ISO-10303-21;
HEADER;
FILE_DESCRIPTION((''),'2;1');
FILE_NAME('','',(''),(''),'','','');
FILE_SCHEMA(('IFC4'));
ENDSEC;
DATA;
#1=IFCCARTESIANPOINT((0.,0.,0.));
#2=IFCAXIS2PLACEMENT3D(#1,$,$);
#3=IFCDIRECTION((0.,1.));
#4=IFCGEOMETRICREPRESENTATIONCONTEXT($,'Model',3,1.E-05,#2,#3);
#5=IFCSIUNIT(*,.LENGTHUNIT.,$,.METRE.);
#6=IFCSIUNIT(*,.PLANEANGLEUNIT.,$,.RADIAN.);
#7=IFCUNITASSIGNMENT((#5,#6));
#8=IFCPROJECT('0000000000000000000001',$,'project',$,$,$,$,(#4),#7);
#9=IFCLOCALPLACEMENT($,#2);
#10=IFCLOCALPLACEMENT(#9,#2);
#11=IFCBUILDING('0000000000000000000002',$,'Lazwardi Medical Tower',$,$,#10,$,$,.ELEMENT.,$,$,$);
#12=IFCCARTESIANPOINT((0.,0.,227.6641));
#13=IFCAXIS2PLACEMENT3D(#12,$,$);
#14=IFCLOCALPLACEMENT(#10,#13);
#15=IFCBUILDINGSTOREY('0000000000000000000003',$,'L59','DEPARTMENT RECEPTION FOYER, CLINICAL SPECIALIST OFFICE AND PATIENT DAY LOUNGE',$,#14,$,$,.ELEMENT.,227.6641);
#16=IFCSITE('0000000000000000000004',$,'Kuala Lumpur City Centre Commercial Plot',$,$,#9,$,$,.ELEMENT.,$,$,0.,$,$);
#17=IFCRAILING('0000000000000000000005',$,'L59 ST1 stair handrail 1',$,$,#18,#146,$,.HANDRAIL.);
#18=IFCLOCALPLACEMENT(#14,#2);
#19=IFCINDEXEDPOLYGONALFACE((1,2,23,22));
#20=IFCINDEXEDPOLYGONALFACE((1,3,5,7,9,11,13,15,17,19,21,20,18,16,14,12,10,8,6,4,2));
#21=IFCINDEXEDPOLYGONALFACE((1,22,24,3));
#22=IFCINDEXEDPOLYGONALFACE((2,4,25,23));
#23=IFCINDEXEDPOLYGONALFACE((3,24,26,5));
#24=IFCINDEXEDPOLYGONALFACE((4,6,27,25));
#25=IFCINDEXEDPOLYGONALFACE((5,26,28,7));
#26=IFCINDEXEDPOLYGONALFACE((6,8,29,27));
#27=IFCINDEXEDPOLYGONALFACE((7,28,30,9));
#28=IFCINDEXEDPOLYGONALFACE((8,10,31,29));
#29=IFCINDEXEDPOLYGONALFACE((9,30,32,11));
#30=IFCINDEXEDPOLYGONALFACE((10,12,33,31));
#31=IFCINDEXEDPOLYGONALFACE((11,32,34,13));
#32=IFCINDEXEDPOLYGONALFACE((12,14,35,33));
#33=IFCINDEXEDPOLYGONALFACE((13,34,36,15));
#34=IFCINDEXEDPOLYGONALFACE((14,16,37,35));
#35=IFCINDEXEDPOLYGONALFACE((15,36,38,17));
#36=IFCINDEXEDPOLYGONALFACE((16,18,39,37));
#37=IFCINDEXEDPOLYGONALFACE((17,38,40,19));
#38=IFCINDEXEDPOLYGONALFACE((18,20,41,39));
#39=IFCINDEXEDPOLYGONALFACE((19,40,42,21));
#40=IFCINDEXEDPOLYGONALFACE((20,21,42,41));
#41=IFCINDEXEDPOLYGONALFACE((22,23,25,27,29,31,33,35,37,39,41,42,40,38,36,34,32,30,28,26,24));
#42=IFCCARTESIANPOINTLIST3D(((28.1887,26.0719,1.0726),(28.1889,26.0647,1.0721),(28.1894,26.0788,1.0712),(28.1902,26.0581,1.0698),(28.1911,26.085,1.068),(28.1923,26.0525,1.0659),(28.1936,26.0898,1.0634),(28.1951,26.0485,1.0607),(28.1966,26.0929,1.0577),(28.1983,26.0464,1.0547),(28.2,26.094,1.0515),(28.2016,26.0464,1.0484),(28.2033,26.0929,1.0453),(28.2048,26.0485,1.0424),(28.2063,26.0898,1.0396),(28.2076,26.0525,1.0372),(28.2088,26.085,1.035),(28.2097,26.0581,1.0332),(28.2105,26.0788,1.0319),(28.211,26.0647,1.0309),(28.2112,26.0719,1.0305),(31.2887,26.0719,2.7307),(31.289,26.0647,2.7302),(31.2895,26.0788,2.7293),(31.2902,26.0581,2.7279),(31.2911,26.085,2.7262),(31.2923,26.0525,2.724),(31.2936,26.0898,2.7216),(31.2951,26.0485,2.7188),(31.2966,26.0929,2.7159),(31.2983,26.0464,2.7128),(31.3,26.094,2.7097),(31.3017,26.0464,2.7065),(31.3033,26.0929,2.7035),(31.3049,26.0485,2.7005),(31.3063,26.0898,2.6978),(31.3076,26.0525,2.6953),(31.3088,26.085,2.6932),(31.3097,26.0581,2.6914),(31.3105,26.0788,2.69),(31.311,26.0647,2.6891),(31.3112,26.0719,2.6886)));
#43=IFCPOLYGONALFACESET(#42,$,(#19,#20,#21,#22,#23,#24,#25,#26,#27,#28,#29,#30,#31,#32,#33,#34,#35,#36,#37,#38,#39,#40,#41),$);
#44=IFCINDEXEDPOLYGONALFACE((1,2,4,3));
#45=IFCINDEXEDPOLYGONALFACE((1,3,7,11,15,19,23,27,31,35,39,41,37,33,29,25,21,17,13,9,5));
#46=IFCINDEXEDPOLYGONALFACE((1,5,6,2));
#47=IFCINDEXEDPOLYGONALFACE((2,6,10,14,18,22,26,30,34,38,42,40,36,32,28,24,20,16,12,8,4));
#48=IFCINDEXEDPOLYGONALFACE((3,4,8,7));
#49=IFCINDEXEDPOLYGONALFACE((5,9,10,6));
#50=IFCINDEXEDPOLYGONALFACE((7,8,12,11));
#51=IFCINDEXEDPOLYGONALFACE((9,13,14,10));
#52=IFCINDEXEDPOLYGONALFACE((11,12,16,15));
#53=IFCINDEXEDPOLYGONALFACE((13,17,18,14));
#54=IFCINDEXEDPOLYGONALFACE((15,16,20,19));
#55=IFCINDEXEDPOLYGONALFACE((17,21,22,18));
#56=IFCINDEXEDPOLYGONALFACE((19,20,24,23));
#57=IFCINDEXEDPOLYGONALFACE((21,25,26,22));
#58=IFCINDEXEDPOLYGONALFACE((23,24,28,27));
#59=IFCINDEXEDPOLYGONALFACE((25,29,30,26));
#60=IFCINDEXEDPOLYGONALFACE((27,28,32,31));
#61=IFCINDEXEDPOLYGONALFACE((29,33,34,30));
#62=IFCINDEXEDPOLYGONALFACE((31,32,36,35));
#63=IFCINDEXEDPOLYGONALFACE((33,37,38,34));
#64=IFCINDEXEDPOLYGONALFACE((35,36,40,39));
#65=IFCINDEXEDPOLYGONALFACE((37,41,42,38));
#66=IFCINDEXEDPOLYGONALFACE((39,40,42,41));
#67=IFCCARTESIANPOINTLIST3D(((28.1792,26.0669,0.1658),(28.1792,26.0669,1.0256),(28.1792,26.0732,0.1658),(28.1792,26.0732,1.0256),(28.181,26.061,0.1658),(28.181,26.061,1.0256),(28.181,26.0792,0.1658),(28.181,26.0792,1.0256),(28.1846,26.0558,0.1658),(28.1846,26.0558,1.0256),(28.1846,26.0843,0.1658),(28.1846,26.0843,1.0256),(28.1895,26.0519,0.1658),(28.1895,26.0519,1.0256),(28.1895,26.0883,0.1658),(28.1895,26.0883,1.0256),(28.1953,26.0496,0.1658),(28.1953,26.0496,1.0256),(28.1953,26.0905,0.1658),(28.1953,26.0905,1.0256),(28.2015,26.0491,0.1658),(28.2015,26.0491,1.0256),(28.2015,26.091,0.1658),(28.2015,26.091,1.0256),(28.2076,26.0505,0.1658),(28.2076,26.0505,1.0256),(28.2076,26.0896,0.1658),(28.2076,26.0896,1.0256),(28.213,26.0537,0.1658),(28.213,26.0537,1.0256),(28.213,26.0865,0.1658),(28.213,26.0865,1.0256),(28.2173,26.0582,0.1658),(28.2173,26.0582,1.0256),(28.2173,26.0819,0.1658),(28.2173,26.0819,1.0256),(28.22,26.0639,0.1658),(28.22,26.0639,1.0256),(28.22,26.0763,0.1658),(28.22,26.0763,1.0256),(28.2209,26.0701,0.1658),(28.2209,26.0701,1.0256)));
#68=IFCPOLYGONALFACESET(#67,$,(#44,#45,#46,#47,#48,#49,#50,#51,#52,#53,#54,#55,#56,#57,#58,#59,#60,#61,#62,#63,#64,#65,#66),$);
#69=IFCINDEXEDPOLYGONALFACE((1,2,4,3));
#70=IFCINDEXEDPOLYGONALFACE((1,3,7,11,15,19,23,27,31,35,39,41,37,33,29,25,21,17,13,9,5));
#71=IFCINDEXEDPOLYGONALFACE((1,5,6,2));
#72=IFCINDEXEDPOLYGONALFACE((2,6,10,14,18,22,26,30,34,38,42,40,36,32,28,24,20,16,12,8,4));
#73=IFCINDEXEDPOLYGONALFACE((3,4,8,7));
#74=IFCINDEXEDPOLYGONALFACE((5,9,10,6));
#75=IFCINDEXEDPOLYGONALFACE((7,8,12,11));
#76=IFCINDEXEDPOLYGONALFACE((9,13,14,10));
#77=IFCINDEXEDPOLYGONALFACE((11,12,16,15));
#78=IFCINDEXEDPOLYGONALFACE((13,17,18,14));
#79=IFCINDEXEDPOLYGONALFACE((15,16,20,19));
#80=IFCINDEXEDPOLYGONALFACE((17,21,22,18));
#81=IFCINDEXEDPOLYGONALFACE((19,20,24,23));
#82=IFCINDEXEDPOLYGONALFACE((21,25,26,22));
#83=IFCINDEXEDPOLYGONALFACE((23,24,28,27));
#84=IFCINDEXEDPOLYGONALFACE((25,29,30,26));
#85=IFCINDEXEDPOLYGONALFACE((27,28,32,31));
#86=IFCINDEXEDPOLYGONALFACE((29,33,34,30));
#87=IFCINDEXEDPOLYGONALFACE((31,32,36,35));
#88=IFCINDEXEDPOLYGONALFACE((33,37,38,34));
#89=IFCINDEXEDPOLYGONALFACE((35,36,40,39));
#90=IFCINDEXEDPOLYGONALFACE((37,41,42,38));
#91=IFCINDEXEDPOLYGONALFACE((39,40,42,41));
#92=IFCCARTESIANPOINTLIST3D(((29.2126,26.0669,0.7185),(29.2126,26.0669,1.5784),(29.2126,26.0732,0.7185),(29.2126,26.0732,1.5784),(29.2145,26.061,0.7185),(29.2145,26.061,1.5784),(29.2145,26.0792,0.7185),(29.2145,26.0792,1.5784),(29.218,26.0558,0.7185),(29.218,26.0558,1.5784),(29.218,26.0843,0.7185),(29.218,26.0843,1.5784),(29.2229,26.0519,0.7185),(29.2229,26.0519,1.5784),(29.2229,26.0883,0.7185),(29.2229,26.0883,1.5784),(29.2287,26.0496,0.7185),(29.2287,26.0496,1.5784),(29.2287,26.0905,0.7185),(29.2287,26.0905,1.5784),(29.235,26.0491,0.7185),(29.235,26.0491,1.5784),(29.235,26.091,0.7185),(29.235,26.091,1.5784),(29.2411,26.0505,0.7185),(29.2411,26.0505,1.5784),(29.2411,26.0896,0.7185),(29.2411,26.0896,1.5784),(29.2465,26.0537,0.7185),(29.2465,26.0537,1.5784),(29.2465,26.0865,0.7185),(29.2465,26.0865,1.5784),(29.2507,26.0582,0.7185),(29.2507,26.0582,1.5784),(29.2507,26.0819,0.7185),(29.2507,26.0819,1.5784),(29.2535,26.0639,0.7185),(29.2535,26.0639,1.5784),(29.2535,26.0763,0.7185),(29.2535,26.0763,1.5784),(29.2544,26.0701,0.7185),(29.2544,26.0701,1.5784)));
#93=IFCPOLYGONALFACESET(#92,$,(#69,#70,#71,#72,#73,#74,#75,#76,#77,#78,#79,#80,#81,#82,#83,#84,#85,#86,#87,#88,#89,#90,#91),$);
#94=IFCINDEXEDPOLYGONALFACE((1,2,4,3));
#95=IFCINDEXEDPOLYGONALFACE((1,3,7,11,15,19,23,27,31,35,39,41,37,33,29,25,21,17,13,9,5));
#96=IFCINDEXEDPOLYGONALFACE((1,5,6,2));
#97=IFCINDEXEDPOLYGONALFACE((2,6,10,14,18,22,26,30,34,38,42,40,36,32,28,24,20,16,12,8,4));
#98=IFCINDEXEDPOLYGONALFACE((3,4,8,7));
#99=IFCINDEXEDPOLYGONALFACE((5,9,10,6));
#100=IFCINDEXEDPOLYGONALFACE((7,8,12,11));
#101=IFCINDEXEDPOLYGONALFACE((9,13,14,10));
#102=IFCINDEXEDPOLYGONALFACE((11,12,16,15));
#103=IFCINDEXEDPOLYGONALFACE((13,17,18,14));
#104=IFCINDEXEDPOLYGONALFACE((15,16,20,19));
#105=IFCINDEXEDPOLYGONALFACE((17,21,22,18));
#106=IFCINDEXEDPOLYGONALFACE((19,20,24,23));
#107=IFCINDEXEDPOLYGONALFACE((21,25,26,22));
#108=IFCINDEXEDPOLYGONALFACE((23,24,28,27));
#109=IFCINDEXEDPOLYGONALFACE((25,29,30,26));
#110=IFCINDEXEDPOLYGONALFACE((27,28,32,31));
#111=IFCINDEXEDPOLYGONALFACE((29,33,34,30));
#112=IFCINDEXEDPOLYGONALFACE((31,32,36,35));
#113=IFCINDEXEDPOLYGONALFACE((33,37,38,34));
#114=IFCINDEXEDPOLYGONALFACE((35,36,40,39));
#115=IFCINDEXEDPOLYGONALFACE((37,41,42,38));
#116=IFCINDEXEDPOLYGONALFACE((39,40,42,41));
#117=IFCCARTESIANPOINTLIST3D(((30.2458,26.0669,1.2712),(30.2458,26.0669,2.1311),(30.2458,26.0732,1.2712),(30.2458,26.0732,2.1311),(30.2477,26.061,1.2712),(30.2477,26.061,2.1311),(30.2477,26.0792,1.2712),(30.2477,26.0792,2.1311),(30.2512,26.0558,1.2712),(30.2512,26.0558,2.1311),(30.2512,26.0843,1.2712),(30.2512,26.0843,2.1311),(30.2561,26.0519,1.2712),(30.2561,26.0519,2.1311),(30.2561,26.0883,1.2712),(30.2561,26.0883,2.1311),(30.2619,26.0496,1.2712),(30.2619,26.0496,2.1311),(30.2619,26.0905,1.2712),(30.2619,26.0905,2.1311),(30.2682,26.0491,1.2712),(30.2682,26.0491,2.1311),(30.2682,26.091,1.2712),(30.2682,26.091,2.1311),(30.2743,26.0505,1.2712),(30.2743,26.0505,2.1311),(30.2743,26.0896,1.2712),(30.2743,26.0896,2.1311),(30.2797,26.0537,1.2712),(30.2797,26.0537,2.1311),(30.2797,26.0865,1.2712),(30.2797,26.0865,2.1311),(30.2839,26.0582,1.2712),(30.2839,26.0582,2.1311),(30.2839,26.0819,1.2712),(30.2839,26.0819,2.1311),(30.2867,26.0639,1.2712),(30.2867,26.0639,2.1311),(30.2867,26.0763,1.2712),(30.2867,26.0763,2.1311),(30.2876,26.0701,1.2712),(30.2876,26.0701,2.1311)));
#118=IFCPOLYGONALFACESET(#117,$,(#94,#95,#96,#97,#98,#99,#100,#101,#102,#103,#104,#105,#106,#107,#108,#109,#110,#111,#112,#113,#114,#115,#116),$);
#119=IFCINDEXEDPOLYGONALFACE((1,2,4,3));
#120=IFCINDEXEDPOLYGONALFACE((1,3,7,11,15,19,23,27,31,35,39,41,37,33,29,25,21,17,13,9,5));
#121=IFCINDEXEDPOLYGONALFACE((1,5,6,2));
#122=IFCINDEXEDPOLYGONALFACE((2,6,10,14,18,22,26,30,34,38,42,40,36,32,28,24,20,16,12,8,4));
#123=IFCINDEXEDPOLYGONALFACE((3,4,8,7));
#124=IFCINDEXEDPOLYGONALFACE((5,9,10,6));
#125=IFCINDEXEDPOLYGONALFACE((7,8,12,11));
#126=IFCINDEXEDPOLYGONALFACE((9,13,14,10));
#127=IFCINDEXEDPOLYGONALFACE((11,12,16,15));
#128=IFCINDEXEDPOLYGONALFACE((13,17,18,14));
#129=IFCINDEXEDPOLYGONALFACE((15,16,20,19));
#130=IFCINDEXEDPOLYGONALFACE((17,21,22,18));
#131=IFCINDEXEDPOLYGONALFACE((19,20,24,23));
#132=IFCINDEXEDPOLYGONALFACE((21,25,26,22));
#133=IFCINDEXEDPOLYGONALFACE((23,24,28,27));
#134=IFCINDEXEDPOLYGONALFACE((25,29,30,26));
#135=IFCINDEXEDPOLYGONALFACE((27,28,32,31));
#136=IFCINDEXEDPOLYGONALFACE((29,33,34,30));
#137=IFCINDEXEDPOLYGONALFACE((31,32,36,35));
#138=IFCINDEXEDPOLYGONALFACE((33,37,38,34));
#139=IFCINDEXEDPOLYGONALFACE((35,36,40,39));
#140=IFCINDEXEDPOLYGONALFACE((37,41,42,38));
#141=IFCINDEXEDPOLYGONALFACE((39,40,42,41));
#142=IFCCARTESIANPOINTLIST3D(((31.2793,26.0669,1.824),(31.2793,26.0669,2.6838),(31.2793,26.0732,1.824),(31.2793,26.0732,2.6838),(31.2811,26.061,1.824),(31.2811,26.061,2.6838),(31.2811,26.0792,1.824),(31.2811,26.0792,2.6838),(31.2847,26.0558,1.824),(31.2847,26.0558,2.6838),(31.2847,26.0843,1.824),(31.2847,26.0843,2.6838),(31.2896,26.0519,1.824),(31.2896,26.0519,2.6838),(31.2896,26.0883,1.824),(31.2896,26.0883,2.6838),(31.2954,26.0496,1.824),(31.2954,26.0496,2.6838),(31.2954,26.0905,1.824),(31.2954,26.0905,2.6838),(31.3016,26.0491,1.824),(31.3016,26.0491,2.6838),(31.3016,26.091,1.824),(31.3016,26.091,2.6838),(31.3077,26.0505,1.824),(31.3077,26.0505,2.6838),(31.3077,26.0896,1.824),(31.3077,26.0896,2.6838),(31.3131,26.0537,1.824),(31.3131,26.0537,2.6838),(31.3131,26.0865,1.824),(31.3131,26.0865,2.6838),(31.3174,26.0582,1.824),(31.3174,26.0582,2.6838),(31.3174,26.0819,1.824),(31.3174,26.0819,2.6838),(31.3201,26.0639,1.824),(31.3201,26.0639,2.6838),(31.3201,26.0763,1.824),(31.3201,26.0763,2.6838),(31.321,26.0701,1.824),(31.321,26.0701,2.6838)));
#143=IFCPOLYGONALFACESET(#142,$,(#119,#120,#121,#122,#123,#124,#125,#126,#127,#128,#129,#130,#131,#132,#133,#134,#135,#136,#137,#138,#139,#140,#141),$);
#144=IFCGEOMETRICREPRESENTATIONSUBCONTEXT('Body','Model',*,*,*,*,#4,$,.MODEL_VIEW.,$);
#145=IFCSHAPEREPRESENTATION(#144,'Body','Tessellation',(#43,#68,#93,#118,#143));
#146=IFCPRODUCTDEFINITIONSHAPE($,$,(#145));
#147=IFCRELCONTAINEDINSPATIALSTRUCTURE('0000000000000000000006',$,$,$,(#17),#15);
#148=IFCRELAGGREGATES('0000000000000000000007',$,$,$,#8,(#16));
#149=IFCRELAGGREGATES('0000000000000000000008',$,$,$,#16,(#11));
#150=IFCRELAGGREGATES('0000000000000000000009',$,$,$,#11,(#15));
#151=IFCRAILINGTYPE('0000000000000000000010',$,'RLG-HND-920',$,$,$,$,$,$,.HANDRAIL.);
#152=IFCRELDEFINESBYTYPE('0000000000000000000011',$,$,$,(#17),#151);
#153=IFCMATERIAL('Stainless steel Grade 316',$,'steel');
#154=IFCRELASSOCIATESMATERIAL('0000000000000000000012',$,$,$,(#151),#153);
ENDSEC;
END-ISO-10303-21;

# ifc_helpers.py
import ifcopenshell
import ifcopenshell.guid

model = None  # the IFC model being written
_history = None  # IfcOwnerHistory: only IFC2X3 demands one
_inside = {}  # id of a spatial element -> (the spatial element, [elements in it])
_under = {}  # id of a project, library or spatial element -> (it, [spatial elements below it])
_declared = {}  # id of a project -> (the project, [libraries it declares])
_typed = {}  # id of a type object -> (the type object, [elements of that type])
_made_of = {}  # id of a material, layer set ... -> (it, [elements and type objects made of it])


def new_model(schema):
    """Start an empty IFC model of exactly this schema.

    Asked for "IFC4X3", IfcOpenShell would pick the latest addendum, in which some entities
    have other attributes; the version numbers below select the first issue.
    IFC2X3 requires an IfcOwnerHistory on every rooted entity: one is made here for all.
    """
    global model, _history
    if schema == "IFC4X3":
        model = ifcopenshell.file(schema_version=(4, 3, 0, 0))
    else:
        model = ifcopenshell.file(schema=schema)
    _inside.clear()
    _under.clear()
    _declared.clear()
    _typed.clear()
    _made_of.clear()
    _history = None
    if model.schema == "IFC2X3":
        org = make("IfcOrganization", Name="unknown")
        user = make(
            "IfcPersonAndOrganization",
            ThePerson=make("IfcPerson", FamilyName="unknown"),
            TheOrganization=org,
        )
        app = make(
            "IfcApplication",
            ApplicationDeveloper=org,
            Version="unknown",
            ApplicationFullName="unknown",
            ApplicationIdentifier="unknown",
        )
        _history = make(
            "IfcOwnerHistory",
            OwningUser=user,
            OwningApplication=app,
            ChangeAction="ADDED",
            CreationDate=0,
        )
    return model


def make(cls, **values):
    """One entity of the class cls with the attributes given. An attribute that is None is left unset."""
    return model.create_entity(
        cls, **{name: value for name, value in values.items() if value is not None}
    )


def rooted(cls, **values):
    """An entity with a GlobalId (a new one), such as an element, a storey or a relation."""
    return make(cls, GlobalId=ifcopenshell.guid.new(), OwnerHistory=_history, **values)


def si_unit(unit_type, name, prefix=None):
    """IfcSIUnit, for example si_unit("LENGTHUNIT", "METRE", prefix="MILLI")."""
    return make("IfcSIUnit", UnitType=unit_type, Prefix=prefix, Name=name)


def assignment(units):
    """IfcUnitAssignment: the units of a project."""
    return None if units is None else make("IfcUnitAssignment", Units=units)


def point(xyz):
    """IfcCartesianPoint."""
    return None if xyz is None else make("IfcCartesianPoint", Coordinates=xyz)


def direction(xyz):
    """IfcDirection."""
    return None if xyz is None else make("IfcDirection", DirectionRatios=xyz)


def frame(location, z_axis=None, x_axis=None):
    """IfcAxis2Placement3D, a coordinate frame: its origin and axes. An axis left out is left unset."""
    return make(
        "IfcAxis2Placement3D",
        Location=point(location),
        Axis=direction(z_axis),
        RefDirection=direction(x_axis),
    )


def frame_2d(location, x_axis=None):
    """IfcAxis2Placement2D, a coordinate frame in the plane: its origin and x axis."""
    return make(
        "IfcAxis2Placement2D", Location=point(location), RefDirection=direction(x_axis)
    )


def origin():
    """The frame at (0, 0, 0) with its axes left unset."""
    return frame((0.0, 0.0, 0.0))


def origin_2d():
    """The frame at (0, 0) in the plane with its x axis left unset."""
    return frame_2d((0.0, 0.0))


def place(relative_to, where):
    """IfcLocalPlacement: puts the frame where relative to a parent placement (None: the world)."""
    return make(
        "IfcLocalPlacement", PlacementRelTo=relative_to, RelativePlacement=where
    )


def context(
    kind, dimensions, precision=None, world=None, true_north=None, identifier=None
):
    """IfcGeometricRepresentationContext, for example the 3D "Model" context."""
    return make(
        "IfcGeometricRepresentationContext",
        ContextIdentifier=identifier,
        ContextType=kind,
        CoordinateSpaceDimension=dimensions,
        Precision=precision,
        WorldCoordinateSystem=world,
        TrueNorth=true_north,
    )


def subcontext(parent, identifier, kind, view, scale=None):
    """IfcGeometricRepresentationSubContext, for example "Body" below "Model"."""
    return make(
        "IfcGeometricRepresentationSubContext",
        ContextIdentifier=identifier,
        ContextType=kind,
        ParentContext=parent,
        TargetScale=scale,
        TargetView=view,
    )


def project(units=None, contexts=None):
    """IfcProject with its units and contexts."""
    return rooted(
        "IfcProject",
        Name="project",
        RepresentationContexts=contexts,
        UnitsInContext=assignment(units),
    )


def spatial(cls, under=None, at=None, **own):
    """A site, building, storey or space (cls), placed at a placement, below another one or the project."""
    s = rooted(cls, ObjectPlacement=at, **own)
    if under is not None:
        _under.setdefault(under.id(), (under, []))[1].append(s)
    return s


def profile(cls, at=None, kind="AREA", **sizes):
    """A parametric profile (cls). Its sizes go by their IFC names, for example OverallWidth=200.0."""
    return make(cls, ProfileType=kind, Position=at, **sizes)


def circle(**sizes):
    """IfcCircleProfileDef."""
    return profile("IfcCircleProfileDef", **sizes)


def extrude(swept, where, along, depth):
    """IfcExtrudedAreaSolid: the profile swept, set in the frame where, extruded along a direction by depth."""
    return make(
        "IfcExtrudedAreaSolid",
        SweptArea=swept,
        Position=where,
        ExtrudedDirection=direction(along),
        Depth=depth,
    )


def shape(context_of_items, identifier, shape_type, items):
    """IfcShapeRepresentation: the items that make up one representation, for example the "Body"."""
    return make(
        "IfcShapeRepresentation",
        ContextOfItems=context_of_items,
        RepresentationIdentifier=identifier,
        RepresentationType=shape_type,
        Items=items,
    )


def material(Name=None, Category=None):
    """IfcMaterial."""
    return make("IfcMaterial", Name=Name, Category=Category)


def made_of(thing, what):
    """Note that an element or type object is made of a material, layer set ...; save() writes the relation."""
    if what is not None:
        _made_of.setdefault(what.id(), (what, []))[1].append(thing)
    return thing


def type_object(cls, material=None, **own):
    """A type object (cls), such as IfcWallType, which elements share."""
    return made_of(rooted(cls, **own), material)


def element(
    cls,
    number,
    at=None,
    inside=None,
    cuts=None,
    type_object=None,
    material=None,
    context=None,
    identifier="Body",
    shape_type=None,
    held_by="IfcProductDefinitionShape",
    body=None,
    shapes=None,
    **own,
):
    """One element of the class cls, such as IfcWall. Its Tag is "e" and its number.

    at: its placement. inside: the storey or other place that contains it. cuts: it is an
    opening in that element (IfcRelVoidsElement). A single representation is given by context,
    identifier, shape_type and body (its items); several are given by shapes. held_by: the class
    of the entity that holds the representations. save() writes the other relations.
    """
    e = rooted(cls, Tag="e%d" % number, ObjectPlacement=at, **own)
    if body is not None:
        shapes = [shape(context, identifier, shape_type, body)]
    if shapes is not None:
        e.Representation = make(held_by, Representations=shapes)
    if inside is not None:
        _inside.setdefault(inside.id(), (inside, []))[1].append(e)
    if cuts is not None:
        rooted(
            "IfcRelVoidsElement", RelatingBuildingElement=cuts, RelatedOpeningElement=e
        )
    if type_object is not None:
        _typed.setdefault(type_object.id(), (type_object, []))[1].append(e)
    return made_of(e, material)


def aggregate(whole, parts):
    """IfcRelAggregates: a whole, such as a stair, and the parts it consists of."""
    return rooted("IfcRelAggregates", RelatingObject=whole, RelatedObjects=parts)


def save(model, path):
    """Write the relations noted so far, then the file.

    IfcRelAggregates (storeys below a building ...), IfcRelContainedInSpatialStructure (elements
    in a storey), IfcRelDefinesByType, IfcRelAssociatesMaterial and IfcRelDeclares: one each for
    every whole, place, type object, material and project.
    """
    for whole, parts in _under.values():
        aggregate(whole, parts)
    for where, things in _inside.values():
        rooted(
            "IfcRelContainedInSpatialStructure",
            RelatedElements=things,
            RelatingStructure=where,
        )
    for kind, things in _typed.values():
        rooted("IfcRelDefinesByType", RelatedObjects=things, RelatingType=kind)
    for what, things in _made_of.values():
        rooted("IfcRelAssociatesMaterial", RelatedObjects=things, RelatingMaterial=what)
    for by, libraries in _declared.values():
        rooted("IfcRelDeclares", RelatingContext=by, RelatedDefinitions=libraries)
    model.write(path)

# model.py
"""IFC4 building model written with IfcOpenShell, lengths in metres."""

from ifc_helpers import new_model, si_unit, direction, frame, origin, origin_2d, place, context, subcontext, project, spatial, circle, extrude, material, type_object, element, save


model = new_model("IFC4")

# Units and contexts
model_context = context("Model", 3, precision=1e-05, world=origin(), true_north=direction((0.0, 1.0)))
body_context = subcontext(model_context, "Body", "Model", "MODEL_VIEW")
ifc_project = project(units=[si_unit("LENGTHUNIT", "METRE"), si_unit("PLANEANGLEUNIT", "RADIAN")], contexts=[model_context])

# Site, building, storey
site_placement = place(None, origin())
site = spatial("IfcSite", under=ifc_project, at=site_placement, Name="Kuala Lumpur City Centre Commercial Plot", CompositionType="ELEMENT", RefElevation=0.0)
building_placement = place(site_placement, origin())
building = spatial("IfcBuilding", under=site, at=building_placement, Name="Lazwardi Medical Tower", CompositionType="ELEMENT")
storey_placement = place(building_placement, frame((0.0, 0.0, 227.6641)))
storey = spatial("IfcBuildingStorey", under=building, at=storey_placement, Name="L59", Description="DEPARTMENT RECEPTION FOYER, CLINICAL SPECIALIST OFFICE AND PATIENT DAY LOUNGE", CompositionType="ELEMENT", Elevation=227.6641)

# Railing
ifc_material_1 = material(Name="Stainless steel Grade 316", Category="steel")
railing_type_1 = type_object("IfcRailingType", Name="RLG-HND-920", PredefinedType="HANDRAIL", material=ifc_material_1)
railing_1_placement = place(storey_placement, frame((28.2, 26.0701, 0.1658)))
element("IfcRailing", 1, at=railing_1_placement, inside=storey, type_object=railing_type_1, Name="L59 ST1 stair handrail 1", PredefinedType="HANDRAIL", context=body_context, shape_type="SweptSolid", body=[
    extrude(circle(Radius=0.0239, at=origin_2d()), frame((0.0, 0.0, 0.8857), z_axis=(0.881783, 0.0, 0.471655), x_axis=(0.0, 1.0, 0.0)), (0.0, 0.0, 1.0), 3.5156),
    extrude(circle(Radius=0.021, at=origin_2d()), origin(), (0.0, 0.0, 1.0), 0.8599),
    extrude(circle(Radius=0.021, at=origin_2d()), frame((1.0334, 0.0, 0.5527)), (0.0, 0.0, 1.0), 0.8599),
    extrude(circle(Radius=0.021, at=origin_2d()), frame((2.0667, 0.0, 1.1055)), (0.0, 0.0, 1.0), 0.8599),
    extrude(circle(Radius=0.021, at=origin_2d()), frame((3.1001, 0.0, 1.6582)), (0.0, 0.0, 1.0), 0.8599),
])

save(model, "model.ifc")
